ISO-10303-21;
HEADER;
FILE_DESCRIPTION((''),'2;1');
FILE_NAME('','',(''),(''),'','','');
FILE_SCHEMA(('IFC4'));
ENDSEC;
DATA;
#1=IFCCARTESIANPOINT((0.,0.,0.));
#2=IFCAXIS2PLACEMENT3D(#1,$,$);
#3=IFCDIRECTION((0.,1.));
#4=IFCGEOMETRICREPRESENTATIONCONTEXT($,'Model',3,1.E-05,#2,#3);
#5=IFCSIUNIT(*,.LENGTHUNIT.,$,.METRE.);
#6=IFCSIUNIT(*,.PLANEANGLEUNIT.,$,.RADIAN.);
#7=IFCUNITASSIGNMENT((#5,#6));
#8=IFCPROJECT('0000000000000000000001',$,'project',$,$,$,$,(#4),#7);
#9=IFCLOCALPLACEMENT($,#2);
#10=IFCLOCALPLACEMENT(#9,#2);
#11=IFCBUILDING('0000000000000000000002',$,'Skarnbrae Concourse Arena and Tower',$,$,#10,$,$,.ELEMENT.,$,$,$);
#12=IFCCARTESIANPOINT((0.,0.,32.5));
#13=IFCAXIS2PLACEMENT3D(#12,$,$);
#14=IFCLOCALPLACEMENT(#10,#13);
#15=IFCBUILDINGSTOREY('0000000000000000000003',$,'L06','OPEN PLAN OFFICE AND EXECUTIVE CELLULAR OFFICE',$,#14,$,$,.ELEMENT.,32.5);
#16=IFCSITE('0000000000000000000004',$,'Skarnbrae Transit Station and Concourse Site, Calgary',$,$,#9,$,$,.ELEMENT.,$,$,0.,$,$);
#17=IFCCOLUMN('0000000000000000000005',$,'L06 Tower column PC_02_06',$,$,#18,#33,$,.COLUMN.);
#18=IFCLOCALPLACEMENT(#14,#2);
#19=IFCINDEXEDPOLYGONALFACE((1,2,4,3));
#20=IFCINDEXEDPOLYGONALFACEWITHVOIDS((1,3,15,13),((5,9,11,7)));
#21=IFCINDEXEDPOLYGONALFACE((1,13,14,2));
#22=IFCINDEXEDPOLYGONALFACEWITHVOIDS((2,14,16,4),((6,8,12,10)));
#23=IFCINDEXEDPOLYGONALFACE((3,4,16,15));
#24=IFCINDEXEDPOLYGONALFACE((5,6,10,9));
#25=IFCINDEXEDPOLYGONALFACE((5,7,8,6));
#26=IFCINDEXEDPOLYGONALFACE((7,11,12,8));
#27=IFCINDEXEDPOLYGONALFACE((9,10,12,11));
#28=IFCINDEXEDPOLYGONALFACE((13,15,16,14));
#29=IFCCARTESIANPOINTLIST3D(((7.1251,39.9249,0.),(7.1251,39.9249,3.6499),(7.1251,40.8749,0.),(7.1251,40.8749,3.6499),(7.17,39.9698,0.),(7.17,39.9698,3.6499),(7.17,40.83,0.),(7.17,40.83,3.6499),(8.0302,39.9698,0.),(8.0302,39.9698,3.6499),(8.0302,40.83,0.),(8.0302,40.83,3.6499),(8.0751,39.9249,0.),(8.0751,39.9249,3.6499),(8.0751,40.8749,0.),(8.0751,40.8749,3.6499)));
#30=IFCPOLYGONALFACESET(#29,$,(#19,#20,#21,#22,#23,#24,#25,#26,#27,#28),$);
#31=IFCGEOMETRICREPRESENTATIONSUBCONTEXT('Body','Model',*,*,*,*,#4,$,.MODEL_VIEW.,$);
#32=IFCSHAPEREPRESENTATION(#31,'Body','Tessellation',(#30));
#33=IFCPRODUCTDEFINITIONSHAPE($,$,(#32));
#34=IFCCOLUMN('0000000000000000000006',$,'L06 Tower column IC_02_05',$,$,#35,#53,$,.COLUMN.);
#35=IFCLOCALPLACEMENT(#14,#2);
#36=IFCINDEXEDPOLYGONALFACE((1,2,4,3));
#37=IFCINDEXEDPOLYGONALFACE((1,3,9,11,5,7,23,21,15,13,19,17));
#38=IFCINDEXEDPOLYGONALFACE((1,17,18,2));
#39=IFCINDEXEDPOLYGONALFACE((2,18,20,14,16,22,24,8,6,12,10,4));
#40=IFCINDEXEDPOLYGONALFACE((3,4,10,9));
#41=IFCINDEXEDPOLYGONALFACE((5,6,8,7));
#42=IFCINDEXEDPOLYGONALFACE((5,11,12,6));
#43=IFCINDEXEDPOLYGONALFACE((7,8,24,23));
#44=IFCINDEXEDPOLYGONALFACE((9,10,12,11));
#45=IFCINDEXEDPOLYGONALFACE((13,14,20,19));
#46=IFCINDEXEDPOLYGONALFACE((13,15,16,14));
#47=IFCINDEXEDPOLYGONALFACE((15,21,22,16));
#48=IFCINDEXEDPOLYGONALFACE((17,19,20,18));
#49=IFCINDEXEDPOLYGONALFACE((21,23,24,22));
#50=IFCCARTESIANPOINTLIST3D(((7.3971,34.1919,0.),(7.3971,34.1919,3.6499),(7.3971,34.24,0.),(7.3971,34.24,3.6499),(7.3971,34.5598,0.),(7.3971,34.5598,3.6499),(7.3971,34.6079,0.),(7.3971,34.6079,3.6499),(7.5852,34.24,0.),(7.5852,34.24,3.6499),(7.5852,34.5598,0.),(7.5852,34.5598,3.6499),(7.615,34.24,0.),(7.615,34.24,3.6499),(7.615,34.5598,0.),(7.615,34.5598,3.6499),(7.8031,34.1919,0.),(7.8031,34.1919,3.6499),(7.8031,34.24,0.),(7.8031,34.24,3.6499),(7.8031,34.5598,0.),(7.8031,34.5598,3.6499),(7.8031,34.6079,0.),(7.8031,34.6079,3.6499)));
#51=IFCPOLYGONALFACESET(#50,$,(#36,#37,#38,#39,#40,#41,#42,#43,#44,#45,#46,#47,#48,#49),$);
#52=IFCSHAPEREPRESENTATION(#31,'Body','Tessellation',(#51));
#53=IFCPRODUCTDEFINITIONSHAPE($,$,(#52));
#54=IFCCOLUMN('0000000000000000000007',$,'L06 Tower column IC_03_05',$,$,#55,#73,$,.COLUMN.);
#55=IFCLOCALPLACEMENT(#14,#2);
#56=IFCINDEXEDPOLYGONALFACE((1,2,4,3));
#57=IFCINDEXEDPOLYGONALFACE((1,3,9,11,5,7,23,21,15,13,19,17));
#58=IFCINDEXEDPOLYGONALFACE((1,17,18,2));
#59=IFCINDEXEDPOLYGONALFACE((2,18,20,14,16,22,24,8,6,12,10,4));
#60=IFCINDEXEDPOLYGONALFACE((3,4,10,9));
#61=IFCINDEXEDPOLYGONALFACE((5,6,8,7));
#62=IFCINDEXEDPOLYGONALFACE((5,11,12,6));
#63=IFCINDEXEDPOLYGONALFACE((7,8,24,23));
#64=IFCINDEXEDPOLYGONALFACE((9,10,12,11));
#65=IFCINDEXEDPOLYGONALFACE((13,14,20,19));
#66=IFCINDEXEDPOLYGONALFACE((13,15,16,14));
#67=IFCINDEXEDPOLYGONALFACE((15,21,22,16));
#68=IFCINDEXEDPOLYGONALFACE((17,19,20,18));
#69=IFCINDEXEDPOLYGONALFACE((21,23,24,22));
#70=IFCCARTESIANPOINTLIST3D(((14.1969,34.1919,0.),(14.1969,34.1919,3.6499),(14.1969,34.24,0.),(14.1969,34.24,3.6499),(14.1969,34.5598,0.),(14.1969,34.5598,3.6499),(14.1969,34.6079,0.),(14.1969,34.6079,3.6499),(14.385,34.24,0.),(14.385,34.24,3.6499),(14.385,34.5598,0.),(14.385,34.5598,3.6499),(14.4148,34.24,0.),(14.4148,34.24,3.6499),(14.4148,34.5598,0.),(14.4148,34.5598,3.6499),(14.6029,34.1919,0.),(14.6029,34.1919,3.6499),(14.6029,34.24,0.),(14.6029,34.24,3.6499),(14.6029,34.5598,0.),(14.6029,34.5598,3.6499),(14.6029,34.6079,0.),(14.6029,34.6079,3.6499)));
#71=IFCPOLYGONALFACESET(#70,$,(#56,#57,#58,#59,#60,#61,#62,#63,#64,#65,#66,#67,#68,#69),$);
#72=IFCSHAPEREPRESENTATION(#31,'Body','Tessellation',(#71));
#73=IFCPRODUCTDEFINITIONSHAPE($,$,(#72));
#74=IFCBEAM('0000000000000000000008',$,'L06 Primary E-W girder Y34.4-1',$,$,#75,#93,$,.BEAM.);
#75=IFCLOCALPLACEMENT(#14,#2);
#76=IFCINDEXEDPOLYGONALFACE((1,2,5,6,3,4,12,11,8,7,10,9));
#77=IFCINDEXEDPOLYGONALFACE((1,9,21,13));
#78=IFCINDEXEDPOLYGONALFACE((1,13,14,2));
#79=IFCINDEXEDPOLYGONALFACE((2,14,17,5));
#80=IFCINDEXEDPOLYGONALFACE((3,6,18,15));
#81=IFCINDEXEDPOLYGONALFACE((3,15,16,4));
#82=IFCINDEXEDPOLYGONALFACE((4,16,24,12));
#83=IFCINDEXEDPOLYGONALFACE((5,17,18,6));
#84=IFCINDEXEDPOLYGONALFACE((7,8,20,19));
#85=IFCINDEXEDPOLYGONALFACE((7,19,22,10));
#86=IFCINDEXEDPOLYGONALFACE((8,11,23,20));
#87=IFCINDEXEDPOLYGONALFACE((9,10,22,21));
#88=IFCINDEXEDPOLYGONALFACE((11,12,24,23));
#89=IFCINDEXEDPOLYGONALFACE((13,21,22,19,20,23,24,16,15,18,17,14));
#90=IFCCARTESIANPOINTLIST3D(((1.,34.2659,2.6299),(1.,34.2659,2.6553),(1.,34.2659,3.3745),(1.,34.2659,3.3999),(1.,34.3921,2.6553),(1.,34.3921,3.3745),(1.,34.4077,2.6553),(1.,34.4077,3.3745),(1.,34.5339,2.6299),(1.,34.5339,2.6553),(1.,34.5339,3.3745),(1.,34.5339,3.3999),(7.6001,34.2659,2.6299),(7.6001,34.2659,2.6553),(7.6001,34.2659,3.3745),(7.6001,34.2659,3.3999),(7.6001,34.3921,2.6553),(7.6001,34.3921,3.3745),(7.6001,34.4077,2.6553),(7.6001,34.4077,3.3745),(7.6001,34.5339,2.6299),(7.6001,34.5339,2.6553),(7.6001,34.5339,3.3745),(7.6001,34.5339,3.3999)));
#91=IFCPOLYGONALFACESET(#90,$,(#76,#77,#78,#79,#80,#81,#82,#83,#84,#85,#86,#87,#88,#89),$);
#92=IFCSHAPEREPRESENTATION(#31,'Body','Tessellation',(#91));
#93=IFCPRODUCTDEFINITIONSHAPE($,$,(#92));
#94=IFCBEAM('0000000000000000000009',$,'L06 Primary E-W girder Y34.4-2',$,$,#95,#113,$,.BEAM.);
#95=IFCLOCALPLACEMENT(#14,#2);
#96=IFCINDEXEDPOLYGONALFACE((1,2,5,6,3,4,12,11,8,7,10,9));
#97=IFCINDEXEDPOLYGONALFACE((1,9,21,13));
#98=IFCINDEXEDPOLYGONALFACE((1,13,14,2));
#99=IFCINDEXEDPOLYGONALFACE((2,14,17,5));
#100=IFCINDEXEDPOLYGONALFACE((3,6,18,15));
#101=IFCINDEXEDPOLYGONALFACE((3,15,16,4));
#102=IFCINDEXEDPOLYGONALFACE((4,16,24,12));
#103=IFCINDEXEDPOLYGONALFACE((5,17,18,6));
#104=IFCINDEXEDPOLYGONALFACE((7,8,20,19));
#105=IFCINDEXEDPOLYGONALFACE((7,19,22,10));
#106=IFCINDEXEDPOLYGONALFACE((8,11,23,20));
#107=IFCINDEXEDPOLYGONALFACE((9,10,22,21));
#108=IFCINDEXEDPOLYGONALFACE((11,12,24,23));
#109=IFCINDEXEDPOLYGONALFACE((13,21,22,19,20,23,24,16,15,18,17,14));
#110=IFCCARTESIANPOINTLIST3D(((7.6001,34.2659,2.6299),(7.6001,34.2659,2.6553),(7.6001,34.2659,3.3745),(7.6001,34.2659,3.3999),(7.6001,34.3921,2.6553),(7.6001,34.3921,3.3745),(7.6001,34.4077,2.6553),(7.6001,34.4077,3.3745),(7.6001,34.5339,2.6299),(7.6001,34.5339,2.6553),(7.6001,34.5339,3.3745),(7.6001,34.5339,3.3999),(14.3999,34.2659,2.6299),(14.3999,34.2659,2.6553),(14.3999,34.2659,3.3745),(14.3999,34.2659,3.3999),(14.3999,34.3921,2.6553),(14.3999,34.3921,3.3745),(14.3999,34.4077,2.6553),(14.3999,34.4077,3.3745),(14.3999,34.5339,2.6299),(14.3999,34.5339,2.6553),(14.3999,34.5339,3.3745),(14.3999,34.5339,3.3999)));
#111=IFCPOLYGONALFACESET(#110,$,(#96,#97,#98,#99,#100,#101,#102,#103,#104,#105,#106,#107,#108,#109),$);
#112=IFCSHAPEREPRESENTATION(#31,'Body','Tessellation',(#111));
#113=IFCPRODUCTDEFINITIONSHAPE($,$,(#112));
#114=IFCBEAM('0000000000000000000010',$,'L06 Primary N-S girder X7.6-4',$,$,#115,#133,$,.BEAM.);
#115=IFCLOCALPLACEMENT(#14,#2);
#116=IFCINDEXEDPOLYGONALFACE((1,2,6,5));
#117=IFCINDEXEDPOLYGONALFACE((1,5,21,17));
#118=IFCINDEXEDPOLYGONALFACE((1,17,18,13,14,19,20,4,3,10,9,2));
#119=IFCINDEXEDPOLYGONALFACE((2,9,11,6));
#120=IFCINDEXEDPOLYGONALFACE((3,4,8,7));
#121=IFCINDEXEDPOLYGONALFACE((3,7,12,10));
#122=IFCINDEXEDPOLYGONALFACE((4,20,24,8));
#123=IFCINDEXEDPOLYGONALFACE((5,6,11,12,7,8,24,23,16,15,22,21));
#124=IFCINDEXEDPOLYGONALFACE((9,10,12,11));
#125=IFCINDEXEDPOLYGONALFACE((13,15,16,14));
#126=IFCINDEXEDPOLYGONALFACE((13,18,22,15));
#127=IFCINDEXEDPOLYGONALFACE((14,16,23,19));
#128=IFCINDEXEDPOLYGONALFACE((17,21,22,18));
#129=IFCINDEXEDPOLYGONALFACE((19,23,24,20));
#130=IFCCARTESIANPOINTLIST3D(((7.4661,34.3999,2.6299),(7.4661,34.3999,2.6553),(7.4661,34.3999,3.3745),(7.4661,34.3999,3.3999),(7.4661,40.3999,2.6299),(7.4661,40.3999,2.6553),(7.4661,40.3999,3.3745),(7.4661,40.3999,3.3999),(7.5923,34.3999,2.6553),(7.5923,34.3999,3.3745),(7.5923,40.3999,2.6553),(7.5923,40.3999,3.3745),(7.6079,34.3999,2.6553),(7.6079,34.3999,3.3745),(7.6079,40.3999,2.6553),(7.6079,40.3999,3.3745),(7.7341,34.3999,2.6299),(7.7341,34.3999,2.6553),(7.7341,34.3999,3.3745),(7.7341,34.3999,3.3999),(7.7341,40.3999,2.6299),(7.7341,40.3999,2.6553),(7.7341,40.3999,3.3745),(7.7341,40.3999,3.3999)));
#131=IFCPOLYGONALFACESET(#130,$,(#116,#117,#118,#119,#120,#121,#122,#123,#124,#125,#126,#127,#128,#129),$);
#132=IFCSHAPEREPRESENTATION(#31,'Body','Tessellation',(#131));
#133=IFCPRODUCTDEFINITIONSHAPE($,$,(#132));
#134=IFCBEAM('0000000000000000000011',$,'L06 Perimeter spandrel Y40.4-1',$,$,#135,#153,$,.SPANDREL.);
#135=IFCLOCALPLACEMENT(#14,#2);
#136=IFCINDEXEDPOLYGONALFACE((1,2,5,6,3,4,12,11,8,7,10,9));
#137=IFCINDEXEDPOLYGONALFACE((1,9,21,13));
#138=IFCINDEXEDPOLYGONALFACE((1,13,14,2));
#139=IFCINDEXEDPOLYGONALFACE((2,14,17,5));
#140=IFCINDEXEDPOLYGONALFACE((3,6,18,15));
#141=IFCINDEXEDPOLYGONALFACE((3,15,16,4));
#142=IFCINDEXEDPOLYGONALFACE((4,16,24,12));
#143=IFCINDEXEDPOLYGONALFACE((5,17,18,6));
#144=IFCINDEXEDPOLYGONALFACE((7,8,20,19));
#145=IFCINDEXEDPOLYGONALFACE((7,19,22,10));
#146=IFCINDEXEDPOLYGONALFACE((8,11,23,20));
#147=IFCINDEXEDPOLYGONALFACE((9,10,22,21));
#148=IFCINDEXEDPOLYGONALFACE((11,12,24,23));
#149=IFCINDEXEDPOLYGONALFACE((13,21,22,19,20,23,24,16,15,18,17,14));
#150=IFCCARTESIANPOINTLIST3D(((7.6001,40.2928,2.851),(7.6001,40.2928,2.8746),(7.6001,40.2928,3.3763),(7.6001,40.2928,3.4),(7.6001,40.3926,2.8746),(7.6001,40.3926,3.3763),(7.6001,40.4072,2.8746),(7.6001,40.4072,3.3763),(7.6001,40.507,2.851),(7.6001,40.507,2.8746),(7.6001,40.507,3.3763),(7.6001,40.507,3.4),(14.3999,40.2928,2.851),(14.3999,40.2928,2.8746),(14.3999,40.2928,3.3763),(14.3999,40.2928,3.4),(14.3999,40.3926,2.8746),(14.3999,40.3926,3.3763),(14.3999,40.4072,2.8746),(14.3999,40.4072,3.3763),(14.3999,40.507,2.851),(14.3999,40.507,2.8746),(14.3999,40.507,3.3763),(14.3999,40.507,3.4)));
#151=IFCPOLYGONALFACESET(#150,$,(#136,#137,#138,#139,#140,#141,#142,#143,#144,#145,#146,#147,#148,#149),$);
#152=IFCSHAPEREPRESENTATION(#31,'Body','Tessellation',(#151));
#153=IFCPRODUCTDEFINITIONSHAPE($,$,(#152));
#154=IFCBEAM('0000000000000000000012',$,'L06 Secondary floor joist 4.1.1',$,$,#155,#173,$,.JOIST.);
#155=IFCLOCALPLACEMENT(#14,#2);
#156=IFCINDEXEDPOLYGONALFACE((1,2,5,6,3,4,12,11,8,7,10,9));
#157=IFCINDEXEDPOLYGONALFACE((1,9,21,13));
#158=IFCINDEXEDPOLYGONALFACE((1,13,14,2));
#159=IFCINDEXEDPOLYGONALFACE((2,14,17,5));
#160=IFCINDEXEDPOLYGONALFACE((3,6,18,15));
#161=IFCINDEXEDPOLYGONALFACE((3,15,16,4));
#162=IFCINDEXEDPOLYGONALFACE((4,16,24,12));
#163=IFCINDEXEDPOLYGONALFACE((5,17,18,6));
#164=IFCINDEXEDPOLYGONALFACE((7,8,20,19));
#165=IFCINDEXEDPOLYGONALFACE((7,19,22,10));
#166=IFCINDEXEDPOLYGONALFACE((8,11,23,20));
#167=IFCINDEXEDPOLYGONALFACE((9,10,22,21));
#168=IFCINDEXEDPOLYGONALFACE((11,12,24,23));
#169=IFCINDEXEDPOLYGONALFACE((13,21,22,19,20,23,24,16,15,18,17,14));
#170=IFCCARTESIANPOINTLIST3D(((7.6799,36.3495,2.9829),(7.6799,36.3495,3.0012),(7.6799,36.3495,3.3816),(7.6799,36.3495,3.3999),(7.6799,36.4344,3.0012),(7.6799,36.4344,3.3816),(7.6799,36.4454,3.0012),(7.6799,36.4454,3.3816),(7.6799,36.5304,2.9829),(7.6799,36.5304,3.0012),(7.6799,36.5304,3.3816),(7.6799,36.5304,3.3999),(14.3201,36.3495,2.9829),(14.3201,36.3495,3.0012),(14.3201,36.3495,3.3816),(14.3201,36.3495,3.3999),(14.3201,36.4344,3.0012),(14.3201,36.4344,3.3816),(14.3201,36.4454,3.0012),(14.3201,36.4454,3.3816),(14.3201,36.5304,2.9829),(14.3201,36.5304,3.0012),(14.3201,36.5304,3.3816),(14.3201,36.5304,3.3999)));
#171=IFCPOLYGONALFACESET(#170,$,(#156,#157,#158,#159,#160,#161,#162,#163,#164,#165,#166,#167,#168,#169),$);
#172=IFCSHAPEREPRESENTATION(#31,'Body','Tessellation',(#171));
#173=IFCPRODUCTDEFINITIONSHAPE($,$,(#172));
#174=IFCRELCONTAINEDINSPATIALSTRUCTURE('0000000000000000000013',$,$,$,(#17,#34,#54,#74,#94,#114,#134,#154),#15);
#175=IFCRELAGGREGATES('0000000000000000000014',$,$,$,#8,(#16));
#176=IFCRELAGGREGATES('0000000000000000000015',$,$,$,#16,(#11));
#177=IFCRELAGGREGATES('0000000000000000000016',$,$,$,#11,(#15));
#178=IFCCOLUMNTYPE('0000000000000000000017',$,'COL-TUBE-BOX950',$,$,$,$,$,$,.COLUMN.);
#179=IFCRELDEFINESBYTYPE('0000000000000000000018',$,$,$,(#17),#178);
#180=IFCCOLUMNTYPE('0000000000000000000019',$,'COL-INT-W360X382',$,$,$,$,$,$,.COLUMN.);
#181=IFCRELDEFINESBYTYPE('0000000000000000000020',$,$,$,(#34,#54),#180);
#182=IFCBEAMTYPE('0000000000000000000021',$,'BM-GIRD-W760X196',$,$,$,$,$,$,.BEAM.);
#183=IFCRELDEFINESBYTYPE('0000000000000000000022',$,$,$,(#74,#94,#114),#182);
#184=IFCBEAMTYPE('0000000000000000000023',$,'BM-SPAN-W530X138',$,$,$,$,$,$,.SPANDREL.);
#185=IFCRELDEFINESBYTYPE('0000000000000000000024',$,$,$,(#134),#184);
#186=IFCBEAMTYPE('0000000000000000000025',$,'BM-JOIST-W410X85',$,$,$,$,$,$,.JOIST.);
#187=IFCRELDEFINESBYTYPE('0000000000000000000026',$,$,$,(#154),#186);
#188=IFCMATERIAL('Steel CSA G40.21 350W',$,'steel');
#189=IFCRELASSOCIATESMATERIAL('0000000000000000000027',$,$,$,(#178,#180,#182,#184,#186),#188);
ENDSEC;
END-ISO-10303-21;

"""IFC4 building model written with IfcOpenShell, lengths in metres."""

from ifc_helpers import new_model, si_unit, direction, frame, origin, origin_2d, place, context, subcontext, project, spatial, hollow_rectangle, i_section, extrude, source, transform, mapped, material, material_profile, profile_set, type_object, element, save


model = new_model("IFC4")

# Units and contexts
model_context = context("Model", 3, precision=1e-05, world=origin(), true_north=direction((0.0, 1.0)))
body_context = subcontext(model_context, "Body", "Model", "MODEL_VIEW")
ifc_project = project(units=[si_unit("LENGTHUNIT", "METRE"), si_unit("PLANEANGLEUNIT", "RADIAN")], contexts=[model_context])

# Site, building, storey
site_placement = place(None, origin())
site = spatial("IfcSite", under=ifc_project, at=site_placement, Name="Skarnbrae Transit Station and Concourse Site, Calgary", CompositionType="ELEMENT", RefElevation=0.0)
building_placement = place(site_placement, origin())
building = spatial("IfcBuilding", under=site, at=building_placement, Name="Skarnbrae Concourse Arena and Tower", CompositionType="ELEMENT")
storey_placement = place(building_placement, frame((0.0, 0.0, 32.5)))
storey = spatial("IfcBuildingStorey", under=building, at=storey_placement, Name="L06", Description="OPEN PLAN OFFICE AND EXECUTIVE CELLULAR OFFICE", CompositionType="ELEMENT", Elevation=32.5)

# Columns
ifc_material_1 = material(Name="Steel CSA G40.21 350W", Category="steel")
ifc_material_profile_1 = material_profile(ifc_material_1, hollow_rectangle(XDim=0.95, YDim=0.95, WallThickness=0.0449, at=origin_2d()), Name="BOX950X950X45")
ifc_profile_set_1 = profile_set([ifc_material_profile_1], Name="Steel CSA G40.21 350W")
column_type_1 = type_object("IfcColumnType", Name="COL-TUBE-BOX950", PredefinedType="COLUMN", material=ifc_profile_set_1)
shared_shape_1 = source(origin(), body_context, "Body", "SweptSolid", [
    extrude(hollow_rectangle(XDim=0.95, YDim=0.95, WallThickness=0.0449, at=origin_2d()), origin(), (0.0, 0.0, 1.0), 3.6499),
])
column_placement = place(storey_placement, frame((7.6001, 40.3999, 0.0), z_axis=(0.0, 0.0, 1.0), x_axis=(1.0, 0.0, 0.0)))
element("IfcColumn", 1, at=column_placement, inside=storey, type_object=column_type_1, Name="L06 Tower column PC_02_06", PredefinedType="COLUMN", context=body_context, shape_type="MappedRepresentation", body=[
    mapped(shared_shape_1, transform((0.0, 0.0, 0.0))),
])
ifc_material_profile_2 = material_profile(ifc_material_1, i_section(OverallWidth=0.406, OverallDepth=0.416, WebThickness=0.0298, FlangeThickness=0.0481, at=origin_2d()), Name="W360X382")
ifc_profile_set_2 = profile_set([ifc_material_profile_2], Name="Steel CSA G40.21 350W")
column_type_2 = type_object("IfcColumnType", Name="COL-INT-W360X382", PredefinedType="COLUMN", material=ifc_profile_set_2)
shared_shape_2 = source(origin(), body_context, "Body", "SweptSolid", [
    extrude(i_section(OverallWidth=0.406, OverallDepth=0.416, WebThickness=0.0298, FlangeThickness=0.0481, at=origin_2d()), origin(), (0.0, 0.0, 1.0), 3.6499),
])
for number, where, z_axis, x_axis, name in (
    (2, (7.6001, 34.3999, 0.0), (0.0, 0.0, 1.0), (1.0, 0.0, 0.0), "L06 Tower column IC_02_05"),
    (3, (14.3999, 34.3999, 0.0), (0.0, 0.0, 1.0), (1.0, 0.0, 0.0), "L06 Tower column IC_03_05"),
):
    element("IfcColumn", number, at=place(storey_placement, frame(where, z_axis=z_axis, x_axis=x_axis)), inside=storey, type_object=column_type_2, Name=name, PredefinedType="COLUMN", context=body_context, shape_type="MappedRepresentation", body=[
        mapped(shared_shape_2, transform((0.0, 0.0, 0.0))),
    ])

# Beams
ifc_material_profile_3 = material_profile(ifc_material_1, i_section(OverallWidth=0.2681, OverallDepth=0.77, WebThickness=0.0156, FlangeThickness=0.0254, at=origin_2d()), Name="W760X196")
ifc_profile_set_3 = profile_set([ifc_material_profile_3], Name="Steel CSA G40.21 350W")
beam_type_1 = type_object("IfcBeamType", Name="BM-GIRD-W760X196", PredefinedType="BEAM", material=ifc_profile_set_3)
shared_shape_3 = source(origin(), body_context, "Body", "SweptSolid", [
    extrude(i_section(OverallWidth=0.2681, OverallDepth=0.77, WebThickness=0.0156, FlangeThickness=0.0254, at=origin_2d()), origin(), (0.0, 0.0, 1.0), 6.6001),
])
beam_1_placement = place(storey_placement, frame((1.0, 34.3999, 3.0149), z_axis=(1.0, 0.0, 0.0), x_axis=(0.0, 1.0, 0.0)))
element("IfcBeam", 4, at=beam_1_placement, inside=storey, type_object=beam_type_1, Name="L06 Primary E-W girder Y34.4-1", PredefinedType="BEAM", context=body_context, shape_type="MappedRepresentation", body=[
    mapped(shared_shape_3, transform((0.0, 0.0, 0.0))),
])
shared_shape_4 = source(origin(), body_context, "Body", "SweptSolid", [
    extrude(i_section(OverallWidth=0.2681, OverallDepth=0.77, WebThickness=0.0156, FlangeThickness=0.0254, at=origin_2d()), origin(), (0.0, 0.0, 1.0), 6.7998),
])
beam_2_placement = place(storey_placement, frame((7.6001, 34.3999, 3.0149), z_axis=(1.0, 0.0, 0.0), x_axis=(0.0, 1.0, 0.0)))
element("IfcBeam", 5, at=beam_2_placement, inside=storey, type_object=beam_type_1, Name="L06 Primary E-W girder Y34.4-2", PredefinedType="BEAM", context=body_context, shape_type="MappedRepresentation", body=[
    mapped(shared_shape_4, transform((0.0, 0.0, 0.0))),
])
shared_shape_5 = source(origin(), body_context, "Body", "SweptSolid", [
    extrude(i_section(OverallWidth=0.2681, OverallDepth=0.77, WebThickness=0.0156, FlangeThickness=0.0254, at=origin_2d()), origin(), (0.0, 0.0, 1.0), 6.0),
])
beam_3_placement = place(storey_placement, frame((7.6001, 34.3999, 3.0149), z_axis=(0.0, 1.0, 0.0), x_axis=(-1.0, 0.0, 0.0)))
element("IfcBeam", 6, at=beam_3_placement, inside=storey, type_object=beam_type_1, Name="L06 Primary N-S girder X7.6-4", PredefinedType="BEAM", context=body_context, shape_type="MappedRepresentation", body=[
    mapped(shared_shape_5, transform((0.0, 0.0, 0.0))),
])
ifc_material_profile_4 = material_profile(ifc_material_1, i_section(OverallWidth=0.2141, OverallDepth=0.5491, WebThickness=0.0146, FlangeThickness=0.0237, at=origin_2d()), Name="W530X138")
ifc_profile_set_4 = profile_set([ifc_material_profile_4], Name="Steel CSA G40.21 350W")
beam_type_2 = type_object("IfcBeamType", Name="BM-SPAN-W530X138", PredefinedType="SPANDREL", material=ifc_profile_set_4)
shared_shape_6 = source(origin(), body_context, "Body", "SweptSolid", [
    extrude(i_section(OverallWidth=0.2141, OverallDepth=0.5491, WebThickness=0.0146, FlangeThickness=0.0237, at=origin_2d()), origin(), (0.0, 0.0, 1.0), 6.7998),
])
beam_4_placement = place(storey_placement, frame((7.6001, 40.3999, 3.1255), z_axis=(1.0, 0.0, 0.0), x_axis=(0.0, 1.0, 0.0)))
element("IfcBeam", 7, at=beam_4_placement, inside=storey, type_object=beam_type_2, Name="L06 Perimeter spandrel Y40.4-1", PredefinedType="SPANDREL", context=body_context, shape_type="MappedRepresentation", body=[
    mapped(shared_shape_6, transform((0.0, 0.0, 0.0))),
])
ifc_material_profile_5 = material_profile(ifc_material_1, i_section(OverallWidth=0.1809, OverallDepth=0.417, WebThickness=0.011, FlangeThickness=0.0183, at=origin_2d()), Name="W410X85")
ifc_profile_set_5 = profile_set([ifc_material_profile_5], Name="Steel CSA G40.21 350W")
beam_type_3 = type_object("IfcBeamType", Name="BM-JOIST-W410X85", PredefinedType="JOIST", material=ifc_profile_set_5)
shared_shape_7 = source(origin(), body_context, "Body", "SweptSolid", [
    extrude(i_section(OverallWidth=0.1809, OverallDepth=0.417, WebThickness=0.011, FlangeThickness=0.0183, at=origin_2d()), origin(), (0.0, 0.0, 1.0), 6.6401),
])
for number, where, z_axis, x_axis, name in (
    (8, (7.6799, 36.4399, 3.1914), (1.0, 0.0, 0.0), (0.0, 1.0, 0.0), "L06 Secondary floor joist 4.1.1"),
):
    element("IfcBeam", number, at=place(storey_placement, frame(where, z_axis=z_axis, x_axis=x_axis)), inside=storey, type_object=beam_type_3, Name=name, PredefinedType="JOIST", context=body_context, shape_type="MappedRepresentation", body=[
        mapped(shared_shape_7, transform((0.0, 0.0, 0.0))),
    ])

save(model, "model.ifc")
